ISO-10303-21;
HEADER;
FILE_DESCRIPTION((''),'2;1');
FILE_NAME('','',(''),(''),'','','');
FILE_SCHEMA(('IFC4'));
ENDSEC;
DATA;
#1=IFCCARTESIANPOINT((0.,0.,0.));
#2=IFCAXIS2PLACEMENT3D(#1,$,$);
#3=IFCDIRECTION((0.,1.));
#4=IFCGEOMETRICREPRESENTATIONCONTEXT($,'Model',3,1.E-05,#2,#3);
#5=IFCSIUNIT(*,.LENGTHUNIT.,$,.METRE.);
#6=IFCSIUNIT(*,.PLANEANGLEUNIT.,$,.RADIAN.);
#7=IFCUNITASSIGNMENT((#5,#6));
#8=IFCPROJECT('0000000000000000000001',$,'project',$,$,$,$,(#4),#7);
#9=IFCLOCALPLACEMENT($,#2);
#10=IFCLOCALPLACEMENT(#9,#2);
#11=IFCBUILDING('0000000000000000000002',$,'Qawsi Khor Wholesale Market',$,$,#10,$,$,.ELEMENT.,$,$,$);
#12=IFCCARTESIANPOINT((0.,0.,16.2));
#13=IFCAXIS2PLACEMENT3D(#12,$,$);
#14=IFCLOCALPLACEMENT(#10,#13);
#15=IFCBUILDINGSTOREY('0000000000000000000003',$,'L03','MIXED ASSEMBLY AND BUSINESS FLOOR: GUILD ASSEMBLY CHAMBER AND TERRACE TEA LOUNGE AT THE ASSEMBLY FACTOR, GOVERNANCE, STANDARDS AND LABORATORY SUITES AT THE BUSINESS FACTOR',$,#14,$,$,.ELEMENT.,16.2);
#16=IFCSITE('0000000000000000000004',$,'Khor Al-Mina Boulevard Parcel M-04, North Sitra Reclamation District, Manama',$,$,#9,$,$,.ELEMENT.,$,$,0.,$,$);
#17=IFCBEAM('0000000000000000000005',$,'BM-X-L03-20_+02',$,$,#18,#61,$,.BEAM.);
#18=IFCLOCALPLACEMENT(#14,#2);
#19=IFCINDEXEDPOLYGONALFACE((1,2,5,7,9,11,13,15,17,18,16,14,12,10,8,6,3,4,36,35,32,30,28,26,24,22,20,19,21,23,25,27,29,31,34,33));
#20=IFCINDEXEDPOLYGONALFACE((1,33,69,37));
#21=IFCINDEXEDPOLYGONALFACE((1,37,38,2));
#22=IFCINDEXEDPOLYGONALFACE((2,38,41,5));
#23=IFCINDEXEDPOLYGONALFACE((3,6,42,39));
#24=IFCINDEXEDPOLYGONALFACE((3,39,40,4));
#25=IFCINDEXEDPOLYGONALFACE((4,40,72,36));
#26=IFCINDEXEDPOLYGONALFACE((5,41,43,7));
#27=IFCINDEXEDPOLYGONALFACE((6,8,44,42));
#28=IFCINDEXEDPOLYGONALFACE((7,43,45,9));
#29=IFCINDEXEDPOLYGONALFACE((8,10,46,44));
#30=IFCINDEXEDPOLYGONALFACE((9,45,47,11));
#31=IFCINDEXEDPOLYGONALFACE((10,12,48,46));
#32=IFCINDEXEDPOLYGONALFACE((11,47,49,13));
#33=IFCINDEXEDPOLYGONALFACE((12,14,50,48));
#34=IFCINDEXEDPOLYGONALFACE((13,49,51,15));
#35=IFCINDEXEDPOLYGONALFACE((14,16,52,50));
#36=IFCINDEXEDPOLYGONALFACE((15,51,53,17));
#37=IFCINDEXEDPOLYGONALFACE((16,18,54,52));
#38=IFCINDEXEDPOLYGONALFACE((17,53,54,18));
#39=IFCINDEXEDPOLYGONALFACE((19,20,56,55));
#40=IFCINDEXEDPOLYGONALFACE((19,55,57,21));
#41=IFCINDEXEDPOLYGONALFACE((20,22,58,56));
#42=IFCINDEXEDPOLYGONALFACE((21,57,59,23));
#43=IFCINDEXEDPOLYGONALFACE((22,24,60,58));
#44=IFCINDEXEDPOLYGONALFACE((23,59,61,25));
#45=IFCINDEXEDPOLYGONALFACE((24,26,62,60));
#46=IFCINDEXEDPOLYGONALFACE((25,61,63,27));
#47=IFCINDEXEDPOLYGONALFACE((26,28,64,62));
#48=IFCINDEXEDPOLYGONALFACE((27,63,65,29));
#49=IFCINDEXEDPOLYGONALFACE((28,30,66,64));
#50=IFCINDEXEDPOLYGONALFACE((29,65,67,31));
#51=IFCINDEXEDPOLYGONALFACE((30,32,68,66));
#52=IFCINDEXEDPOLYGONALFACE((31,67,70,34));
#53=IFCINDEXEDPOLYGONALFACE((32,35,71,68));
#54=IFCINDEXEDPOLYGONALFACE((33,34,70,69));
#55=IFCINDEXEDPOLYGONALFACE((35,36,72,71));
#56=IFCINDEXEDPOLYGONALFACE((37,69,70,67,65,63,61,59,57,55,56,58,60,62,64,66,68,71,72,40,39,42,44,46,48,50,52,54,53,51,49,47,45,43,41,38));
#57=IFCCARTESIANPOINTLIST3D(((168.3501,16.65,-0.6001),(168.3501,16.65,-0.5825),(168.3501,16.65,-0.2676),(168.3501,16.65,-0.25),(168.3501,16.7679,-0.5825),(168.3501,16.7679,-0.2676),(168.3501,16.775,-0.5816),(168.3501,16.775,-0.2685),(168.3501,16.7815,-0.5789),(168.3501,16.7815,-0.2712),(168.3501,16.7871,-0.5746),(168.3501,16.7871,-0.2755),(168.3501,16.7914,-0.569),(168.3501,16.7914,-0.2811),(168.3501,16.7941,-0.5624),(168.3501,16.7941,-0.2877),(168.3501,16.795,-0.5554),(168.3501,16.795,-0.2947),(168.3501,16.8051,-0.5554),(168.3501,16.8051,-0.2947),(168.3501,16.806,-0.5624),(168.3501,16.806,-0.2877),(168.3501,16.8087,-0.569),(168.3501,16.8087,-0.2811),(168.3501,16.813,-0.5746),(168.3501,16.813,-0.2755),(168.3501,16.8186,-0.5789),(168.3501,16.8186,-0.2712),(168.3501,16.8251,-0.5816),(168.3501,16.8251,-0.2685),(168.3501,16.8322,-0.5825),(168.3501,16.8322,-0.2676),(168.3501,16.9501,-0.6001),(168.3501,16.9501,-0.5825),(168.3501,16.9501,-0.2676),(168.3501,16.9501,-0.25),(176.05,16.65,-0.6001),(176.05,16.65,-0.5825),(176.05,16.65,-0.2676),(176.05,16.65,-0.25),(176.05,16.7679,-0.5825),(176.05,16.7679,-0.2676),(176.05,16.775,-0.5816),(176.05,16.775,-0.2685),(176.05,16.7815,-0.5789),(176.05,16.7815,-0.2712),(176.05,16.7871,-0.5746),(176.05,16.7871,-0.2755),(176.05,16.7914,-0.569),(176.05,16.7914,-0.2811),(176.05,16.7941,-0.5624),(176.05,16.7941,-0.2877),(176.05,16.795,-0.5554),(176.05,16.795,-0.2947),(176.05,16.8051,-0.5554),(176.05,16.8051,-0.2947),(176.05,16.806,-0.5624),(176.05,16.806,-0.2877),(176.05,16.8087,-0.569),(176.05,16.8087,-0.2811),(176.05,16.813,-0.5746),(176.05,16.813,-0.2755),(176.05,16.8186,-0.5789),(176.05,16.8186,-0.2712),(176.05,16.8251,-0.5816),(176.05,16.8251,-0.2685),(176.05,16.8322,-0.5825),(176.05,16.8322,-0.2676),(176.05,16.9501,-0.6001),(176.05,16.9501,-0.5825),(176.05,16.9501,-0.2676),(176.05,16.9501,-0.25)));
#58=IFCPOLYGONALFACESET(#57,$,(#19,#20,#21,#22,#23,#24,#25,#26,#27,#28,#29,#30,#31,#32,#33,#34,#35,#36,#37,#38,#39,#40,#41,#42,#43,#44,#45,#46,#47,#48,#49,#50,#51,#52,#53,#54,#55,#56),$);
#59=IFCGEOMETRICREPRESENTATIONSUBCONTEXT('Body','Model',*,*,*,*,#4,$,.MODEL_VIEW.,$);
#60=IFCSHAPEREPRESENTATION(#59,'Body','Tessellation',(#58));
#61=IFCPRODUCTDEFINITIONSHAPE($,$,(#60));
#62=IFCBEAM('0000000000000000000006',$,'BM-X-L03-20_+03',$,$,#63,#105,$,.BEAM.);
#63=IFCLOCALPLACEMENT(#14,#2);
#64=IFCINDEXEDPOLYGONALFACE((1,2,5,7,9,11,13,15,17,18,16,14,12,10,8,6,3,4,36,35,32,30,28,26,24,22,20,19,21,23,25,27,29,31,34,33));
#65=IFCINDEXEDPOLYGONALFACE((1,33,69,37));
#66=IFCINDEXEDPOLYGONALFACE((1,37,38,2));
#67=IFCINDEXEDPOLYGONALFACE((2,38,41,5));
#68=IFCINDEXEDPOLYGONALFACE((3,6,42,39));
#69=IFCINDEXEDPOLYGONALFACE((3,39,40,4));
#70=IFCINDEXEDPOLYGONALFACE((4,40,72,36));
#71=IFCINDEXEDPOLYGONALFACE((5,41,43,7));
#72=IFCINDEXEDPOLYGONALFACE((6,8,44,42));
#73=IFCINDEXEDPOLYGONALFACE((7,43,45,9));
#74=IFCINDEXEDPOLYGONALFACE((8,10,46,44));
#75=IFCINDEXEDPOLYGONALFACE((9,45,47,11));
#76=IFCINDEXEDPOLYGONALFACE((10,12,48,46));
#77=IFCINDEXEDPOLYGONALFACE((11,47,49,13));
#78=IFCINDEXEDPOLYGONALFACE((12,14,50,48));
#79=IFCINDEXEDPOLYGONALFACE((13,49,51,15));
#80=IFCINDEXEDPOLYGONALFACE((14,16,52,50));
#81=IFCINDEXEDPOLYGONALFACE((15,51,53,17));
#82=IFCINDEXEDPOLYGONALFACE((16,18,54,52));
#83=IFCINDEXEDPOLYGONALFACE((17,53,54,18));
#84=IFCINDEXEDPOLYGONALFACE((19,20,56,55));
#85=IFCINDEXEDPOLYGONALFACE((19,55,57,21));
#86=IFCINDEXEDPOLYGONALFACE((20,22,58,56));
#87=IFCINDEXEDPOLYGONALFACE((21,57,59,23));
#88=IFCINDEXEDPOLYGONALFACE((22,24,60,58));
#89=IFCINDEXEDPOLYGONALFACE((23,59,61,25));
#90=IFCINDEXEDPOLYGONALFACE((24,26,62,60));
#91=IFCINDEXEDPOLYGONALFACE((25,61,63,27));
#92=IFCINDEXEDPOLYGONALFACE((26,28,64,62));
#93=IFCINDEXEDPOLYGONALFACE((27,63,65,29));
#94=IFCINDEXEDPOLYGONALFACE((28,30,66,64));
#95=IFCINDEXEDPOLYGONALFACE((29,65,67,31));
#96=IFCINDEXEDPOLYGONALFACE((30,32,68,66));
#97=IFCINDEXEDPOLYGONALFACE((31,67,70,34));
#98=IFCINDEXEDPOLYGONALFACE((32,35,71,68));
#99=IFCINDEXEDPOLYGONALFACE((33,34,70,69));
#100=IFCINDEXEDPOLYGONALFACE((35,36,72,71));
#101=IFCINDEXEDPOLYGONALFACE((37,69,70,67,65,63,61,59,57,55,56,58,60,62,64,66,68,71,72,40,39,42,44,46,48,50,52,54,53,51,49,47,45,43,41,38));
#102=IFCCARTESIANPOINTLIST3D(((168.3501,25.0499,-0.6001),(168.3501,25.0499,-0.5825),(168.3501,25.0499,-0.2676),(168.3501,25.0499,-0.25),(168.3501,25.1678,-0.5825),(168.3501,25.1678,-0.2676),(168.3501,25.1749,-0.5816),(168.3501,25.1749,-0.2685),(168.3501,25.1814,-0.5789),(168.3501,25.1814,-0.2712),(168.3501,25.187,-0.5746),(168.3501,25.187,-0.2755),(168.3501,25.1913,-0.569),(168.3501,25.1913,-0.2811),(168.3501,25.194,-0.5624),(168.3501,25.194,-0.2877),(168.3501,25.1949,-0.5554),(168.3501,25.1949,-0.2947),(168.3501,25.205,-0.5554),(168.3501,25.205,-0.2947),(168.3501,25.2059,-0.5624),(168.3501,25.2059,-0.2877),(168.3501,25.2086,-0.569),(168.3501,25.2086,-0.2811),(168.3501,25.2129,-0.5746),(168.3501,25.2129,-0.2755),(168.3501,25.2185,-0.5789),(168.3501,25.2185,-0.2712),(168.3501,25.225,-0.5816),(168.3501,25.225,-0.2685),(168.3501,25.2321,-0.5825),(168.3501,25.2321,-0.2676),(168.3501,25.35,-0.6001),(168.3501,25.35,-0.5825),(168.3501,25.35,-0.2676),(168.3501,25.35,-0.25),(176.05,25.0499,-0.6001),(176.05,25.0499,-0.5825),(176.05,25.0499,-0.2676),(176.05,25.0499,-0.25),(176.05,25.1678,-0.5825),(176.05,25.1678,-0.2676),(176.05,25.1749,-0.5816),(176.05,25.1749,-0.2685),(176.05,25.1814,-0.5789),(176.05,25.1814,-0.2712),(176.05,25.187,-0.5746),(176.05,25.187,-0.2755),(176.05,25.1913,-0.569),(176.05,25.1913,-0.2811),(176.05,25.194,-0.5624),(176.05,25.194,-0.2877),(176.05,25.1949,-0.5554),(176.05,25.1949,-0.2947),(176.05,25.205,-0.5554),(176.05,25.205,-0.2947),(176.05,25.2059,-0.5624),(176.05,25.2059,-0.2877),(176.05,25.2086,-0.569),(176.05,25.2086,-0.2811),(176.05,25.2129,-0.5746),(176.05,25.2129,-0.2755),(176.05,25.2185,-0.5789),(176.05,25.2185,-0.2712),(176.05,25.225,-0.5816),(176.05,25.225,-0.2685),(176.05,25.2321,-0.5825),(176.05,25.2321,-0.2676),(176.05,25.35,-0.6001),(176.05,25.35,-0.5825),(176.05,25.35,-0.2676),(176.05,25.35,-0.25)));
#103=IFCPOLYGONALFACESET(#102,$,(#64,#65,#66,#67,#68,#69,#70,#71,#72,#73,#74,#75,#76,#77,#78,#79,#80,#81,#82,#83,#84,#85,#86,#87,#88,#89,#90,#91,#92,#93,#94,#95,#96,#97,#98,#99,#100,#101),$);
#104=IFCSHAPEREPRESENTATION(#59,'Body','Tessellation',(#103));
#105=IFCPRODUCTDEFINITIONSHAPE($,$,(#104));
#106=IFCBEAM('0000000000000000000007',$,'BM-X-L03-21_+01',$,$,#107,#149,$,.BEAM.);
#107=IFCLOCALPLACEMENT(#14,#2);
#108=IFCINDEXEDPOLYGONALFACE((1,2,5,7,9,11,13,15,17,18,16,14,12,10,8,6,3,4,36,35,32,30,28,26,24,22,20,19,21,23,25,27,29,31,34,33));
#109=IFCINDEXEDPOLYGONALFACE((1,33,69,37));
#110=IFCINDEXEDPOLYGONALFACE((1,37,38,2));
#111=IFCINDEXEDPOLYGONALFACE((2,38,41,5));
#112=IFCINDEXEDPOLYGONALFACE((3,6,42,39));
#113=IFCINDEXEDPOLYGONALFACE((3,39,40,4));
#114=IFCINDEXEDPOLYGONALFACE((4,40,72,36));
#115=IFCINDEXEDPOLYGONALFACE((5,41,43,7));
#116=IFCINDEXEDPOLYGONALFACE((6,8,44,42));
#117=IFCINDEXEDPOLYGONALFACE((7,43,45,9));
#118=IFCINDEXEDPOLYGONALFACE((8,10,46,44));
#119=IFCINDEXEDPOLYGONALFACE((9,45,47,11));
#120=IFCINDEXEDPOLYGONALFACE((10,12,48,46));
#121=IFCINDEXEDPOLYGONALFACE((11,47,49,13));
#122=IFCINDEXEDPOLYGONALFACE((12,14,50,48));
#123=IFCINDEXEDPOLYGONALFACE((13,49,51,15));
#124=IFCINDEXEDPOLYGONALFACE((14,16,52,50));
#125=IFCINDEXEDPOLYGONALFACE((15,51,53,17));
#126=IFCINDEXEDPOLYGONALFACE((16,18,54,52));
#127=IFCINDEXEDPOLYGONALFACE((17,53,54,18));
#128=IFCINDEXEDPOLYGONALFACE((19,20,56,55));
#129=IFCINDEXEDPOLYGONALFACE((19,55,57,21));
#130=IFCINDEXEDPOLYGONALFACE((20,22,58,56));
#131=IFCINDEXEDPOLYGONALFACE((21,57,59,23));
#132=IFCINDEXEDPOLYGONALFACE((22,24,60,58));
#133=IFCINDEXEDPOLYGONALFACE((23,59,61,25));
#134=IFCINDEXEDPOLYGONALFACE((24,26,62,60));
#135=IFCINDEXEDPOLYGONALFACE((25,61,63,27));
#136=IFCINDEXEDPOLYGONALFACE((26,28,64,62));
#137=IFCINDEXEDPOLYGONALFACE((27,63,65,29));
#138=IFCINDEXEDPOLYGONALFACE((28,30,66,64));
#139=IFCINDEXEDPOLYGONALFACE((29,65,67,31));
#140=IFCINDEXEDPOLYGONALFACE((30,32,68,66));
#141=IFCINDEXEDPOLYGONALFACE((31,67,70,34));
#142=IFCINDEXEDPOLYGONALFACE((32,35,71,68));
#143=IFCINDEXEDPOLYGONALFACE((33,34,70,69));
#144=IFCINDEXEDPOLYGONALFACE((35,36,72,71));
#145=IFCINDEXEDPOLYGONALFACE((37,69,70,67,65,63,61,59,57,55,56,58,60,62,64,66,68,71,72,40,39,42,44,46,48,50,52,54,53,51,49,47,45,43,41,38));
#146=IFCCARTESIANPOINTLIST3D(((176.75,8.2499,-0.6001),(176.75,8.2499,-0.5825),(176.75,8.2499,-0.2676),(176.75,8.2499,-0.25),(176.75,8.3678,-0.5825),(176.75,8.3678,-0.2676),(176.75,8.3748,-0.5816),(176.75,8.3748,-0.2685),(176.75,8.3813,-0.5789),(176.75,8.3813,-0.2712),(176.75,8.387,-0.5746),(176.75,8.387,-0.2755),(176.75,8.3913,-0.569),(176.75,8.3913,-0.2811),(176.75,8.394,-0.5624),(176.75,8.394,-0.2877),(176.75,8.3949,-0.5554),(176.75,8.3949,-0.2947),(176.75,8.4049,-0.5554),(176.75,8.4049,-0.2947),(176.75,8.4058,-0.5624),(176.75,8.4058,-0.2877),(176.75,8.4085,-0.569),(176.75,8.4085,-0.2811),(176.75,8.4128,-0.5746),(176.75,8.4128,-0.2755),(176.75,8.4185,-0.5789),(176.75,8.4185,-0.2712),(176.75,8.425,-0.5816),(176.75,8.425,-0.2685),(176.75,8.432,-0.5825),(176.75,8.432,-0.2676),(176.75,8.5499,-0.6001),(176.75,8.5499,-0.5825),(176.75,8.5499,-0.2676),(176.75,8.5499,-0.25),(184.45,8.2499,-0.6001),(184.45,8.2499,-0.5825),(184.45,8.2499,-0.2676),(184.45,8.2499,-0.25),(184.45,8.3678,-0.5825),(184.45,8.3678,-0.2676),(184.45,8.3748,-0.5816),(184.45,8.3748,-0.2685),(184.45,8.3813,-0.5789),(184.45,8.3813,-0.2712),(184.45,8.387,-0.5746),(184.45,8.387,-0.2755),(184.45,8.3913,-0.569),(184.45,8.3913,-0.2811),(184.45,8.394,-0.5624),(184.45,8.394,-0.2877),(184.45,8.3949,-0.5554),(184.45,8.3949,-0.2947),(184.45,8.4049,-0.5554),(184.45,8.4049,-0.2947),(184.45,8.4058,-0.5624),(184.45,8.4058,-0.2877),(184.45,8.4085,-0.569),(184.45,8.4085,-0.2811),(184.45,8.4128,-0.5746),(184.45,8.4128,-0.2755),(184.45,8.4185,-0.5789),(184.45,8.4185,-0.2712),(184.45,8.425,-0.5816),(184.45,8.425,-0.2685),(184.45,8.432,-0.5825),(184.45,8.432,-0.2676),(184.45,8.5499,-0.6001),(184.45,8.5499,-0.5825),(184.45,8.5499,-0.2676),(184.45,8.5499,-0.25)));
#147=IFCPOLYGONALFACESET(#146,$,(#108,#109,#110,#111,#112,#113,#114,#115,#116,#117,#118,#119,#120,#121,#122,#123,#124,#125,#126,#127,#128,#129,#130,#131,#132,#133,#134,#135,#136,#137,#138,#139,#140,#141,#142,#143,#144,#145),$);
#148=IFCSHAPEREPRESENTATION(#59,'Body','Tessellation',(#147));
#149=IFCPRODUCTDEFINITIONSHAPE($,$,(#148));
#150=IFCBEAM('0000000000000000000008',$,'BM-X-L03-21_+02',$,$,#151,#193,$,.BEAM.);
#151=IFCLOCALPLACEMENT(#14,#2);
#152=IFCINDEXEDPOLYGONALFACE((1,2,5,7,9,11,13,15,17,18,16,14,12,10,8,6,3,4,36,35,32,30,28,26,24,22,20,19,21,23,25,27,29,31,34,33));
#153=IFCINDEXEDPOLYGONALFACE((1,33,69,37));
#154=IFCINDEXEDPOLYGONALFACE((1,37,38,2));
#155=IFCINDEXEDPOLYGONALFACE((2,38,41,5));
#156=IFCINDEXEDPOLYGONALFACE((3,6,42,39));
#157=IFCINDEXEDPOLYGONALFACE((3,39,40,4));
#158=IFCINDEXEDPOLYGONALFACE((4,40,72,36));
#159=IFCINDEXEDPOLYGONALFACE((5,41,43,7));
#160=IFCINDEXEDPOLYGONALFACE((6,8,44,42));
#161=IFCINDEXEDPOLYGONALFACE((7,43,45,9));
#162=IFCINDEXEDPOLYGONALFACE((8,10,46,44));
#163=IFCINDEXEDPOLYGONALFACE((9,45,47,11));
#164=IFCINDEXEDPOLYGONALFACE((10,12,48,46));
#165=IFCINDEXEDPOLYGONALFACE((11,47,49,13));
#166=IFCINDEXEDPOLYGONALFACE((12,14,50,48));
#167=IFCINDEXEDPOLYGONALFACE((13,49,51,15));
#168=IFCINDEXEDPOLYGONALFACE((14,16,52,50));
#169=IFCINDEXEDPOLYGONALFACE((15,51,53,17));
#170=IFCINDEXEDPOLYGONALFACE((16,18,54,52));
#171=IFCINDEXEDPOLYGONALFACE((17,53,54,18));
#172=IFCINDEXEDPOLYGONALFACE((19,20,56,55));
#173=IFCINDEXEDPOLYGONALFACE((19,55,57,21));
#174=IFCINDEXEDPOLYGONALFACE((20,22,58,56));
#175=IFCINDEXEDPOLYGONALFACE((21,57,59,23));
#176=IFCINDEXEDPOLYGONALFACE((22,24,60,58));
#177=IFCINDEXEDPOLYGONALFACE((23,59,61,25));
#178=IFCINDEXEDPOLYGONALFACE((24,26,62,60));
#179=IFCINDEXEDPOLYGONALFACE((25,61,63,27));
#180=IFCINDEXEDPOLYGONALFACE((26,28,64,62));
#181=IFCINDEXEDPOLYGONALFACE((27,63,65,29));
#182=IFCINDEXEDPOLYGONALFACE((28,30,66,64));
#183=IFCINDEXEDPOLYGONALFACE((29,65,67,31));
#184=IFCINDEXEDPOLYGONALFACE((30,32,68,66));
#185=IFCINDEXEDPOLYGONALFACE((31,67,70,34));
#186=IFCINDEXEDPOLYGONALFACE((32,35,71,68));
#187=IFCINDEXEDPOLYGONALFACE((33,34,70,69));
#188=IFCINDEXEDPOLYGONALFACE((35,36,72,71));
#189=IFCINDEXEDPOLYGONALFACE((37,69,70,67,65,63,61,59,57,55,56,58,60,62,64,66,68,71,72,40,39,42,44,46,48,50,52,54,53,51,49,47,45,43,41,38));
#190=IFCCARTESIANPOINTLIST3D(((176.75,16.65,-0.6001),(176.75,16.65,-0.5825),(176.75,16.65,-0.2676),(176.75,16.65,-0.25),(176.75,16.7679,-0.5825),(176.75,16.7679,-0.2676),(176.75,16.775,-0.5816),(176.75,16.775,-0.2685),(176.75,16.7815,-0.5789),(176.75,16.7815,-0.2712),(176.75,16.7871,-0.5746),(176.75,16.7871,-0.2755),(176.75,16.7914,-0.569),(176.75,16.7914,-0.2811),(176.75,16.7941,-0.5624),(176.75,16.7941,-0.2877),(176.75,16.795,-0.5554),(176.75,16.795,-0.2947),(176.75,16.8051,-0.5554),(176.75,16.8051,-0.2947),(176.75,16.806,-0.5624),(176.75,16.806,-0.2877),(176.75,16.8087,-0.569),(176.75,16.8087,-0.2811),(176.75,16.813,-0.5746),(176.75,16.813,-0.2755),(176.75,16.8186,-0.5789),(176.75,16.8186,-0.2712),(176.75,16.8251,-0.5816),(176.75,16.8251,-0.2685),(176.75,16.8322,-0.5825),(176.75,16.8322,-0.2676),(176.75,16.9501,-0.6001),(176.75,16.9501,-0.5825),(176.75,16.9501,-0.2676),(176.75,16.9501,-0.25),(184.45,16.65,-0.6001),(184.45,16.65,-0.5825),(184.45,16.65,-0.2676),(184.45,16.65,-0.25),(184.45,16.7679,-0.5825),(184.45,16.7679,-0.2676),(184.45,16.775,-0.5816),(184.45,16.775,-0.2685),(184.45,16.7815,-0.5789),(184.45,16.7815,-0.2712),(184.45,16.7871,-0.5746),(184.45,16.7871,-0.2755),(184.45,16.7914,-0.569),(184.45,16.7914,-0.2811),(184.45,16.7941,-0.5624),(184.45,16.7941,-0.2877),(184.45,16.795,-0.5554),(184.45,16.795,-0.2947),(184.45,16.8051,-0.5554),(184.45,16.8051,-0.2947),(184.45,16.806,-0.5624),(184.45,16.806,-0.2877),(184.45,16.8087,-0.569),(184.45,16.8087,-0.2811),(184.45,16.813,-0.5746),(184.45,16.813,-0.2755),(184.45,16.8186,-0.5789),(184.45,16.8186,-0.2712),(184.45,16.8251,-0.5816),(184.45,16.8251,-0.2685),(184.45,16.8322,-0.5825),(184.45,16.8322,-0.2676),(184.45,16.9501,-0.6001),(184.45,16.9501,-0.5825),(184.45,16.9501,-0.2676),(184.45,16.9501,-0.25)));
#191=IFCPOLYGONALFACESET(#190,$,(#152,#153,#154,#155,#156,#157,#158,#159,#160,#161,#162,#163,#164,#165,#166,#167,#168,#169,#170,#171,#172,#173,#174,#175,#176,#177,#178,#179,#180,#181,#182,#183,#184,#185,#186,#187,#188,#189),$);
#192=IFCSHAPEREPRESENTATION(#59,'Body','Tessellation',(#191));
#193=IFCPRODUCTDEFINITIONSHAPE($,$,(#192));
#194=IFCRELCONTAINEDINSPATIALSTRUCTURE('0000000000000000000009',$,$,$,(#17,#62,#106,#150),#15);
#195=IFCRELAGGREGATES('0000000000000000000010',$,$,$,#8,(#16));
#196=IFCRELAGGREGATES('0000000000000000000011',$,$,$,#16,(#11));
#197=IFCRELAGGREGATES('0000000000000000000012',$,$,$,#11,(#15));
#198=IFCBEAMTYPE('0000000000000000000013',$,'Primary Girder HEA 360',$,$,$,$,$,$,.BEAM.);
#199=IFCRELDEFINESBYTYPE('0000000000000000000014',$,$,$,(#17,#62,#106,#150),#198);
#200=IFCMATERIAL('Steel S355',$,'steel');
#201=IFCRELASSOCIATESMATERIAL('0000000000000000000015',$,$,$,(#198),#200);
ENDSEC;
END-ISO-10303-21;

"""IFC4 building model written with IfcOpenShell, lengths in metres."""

from ifc_helpers import new_model, si_unit, direction, frame, origin, origin_2d, place, context, subcontext, project, spatial, i_section, extrude, material, material_profile, profile_set, type_object, element, save


model = new_model("IFC4")

# Units and contexts
model_context = context("Model", 3, precision=1e-05, world=origin(), true_north=direction((0.0, 1.0)))
body_context = subcontext(model_context, "Body", "Model", "MODEL_VIEW")
ifc_project = project(units=[si_unit("LENGTHUNIT", "METRE"), si_unit("PLANEANGLEUNIT", "RADIAN")], contexts=[model_context])

# Site, building, storey
site_placement = place(None, origin())
site = spatial("IfcSite", under=ifc_project, at=site_placement, Name="Khor Al-Mina Boulevard Parcel M-04, North Sitra Reclamation District, Manama", CompositionType="ELEMENT", RefElevation=0.0)
building_placement = place(site_placement, origin())
building = spatial("IfcBuilding", under=site, at=building_placement, Name="Qawsi Khor Wholesale Market", CompositionType="ELEMENT")
storey_placement = place(building_placement, frame((0.0, 0.0, 16.2)))
storey = spatial("IfcBuildingStorey", under=building, at=storey_placement, Name="L03", Description="MIXED ASSEMBLY AND BUSINESS FLOOR: GUILD ASSEMBLY CHAMBER AND TERRACE TEA LOUNGE AT THE ASSEMBLY FACTOR, GOVERNANCE, STANDARDS AND LABORATORY SUITES AT THE BUSINESS FACTOR", CompositionType="ELEMENT", Elevation=16.2)

# Shared definitions
ifc_material_1 = material(Name="Steel S355", Category="steel")

# Beams
ifc_material_profile_1 = material_profile(ifc_material_1, i_section(OverallWidth=0.3, OverallDepth=0.3501, WebThickness=0.01, FlangeThickness=0.0176, FilletRadius=0.0271, at=origin_2d()), Name="HEA 360")
ifc_profile_set_1 = profile_set([ifc_material_profile_1], Name="Steel S355")
beam_type_1 = type_object("IfcBeamType", Name="Primary Girder HEA 360", PredefinedType="BEAM", material=ifc_profile_set_1)
for number, where, z_axis, x_axis, name in (
    (1, (168.3501, 16.8, -0.425), (1.0, 0.0, 0.0), (0.0, 1.0, 0.0), "BM-X-L03-20_+02"),
    (2, (168.3501, 25.2, -0.425), (1.0, 0.0, 0.0), (0.0, 1.0, 0.0), "BM-X-L03-20_+03"),
    (3, (176.75, 8.3999, -0.425), (1.0, 0.0, 0.0), (0.0, 1.0, 0.0), "BM-X-L03-21_+01"),
    (4, (176.75, 16.8, -0.425), (1.0, 0.0, 0.0), (0.0, 1.0, 0.0), "BM-X-L03-21_+02"),
):
    element("IfcBeam", number, at=place(storey_placement, frame(where, z_axis=z_axis, x_axis=x_axis)), inside=storey, type_object=beam_type_1, Name=name, PredefinedType="BEAM", context=body_context, shape_type="SweptSolid", body=[
        extrude(i_section(OverallWidth=0.3, OverallDepth=0.3501, WebThickness=0.01, FlangeThickness=0.0176, FilletRadius=0.0271, at=origin_2d()), origin(), (0.0, 0.0, 1.0), 7.7),
    ])

save(model, "model.ifc")
